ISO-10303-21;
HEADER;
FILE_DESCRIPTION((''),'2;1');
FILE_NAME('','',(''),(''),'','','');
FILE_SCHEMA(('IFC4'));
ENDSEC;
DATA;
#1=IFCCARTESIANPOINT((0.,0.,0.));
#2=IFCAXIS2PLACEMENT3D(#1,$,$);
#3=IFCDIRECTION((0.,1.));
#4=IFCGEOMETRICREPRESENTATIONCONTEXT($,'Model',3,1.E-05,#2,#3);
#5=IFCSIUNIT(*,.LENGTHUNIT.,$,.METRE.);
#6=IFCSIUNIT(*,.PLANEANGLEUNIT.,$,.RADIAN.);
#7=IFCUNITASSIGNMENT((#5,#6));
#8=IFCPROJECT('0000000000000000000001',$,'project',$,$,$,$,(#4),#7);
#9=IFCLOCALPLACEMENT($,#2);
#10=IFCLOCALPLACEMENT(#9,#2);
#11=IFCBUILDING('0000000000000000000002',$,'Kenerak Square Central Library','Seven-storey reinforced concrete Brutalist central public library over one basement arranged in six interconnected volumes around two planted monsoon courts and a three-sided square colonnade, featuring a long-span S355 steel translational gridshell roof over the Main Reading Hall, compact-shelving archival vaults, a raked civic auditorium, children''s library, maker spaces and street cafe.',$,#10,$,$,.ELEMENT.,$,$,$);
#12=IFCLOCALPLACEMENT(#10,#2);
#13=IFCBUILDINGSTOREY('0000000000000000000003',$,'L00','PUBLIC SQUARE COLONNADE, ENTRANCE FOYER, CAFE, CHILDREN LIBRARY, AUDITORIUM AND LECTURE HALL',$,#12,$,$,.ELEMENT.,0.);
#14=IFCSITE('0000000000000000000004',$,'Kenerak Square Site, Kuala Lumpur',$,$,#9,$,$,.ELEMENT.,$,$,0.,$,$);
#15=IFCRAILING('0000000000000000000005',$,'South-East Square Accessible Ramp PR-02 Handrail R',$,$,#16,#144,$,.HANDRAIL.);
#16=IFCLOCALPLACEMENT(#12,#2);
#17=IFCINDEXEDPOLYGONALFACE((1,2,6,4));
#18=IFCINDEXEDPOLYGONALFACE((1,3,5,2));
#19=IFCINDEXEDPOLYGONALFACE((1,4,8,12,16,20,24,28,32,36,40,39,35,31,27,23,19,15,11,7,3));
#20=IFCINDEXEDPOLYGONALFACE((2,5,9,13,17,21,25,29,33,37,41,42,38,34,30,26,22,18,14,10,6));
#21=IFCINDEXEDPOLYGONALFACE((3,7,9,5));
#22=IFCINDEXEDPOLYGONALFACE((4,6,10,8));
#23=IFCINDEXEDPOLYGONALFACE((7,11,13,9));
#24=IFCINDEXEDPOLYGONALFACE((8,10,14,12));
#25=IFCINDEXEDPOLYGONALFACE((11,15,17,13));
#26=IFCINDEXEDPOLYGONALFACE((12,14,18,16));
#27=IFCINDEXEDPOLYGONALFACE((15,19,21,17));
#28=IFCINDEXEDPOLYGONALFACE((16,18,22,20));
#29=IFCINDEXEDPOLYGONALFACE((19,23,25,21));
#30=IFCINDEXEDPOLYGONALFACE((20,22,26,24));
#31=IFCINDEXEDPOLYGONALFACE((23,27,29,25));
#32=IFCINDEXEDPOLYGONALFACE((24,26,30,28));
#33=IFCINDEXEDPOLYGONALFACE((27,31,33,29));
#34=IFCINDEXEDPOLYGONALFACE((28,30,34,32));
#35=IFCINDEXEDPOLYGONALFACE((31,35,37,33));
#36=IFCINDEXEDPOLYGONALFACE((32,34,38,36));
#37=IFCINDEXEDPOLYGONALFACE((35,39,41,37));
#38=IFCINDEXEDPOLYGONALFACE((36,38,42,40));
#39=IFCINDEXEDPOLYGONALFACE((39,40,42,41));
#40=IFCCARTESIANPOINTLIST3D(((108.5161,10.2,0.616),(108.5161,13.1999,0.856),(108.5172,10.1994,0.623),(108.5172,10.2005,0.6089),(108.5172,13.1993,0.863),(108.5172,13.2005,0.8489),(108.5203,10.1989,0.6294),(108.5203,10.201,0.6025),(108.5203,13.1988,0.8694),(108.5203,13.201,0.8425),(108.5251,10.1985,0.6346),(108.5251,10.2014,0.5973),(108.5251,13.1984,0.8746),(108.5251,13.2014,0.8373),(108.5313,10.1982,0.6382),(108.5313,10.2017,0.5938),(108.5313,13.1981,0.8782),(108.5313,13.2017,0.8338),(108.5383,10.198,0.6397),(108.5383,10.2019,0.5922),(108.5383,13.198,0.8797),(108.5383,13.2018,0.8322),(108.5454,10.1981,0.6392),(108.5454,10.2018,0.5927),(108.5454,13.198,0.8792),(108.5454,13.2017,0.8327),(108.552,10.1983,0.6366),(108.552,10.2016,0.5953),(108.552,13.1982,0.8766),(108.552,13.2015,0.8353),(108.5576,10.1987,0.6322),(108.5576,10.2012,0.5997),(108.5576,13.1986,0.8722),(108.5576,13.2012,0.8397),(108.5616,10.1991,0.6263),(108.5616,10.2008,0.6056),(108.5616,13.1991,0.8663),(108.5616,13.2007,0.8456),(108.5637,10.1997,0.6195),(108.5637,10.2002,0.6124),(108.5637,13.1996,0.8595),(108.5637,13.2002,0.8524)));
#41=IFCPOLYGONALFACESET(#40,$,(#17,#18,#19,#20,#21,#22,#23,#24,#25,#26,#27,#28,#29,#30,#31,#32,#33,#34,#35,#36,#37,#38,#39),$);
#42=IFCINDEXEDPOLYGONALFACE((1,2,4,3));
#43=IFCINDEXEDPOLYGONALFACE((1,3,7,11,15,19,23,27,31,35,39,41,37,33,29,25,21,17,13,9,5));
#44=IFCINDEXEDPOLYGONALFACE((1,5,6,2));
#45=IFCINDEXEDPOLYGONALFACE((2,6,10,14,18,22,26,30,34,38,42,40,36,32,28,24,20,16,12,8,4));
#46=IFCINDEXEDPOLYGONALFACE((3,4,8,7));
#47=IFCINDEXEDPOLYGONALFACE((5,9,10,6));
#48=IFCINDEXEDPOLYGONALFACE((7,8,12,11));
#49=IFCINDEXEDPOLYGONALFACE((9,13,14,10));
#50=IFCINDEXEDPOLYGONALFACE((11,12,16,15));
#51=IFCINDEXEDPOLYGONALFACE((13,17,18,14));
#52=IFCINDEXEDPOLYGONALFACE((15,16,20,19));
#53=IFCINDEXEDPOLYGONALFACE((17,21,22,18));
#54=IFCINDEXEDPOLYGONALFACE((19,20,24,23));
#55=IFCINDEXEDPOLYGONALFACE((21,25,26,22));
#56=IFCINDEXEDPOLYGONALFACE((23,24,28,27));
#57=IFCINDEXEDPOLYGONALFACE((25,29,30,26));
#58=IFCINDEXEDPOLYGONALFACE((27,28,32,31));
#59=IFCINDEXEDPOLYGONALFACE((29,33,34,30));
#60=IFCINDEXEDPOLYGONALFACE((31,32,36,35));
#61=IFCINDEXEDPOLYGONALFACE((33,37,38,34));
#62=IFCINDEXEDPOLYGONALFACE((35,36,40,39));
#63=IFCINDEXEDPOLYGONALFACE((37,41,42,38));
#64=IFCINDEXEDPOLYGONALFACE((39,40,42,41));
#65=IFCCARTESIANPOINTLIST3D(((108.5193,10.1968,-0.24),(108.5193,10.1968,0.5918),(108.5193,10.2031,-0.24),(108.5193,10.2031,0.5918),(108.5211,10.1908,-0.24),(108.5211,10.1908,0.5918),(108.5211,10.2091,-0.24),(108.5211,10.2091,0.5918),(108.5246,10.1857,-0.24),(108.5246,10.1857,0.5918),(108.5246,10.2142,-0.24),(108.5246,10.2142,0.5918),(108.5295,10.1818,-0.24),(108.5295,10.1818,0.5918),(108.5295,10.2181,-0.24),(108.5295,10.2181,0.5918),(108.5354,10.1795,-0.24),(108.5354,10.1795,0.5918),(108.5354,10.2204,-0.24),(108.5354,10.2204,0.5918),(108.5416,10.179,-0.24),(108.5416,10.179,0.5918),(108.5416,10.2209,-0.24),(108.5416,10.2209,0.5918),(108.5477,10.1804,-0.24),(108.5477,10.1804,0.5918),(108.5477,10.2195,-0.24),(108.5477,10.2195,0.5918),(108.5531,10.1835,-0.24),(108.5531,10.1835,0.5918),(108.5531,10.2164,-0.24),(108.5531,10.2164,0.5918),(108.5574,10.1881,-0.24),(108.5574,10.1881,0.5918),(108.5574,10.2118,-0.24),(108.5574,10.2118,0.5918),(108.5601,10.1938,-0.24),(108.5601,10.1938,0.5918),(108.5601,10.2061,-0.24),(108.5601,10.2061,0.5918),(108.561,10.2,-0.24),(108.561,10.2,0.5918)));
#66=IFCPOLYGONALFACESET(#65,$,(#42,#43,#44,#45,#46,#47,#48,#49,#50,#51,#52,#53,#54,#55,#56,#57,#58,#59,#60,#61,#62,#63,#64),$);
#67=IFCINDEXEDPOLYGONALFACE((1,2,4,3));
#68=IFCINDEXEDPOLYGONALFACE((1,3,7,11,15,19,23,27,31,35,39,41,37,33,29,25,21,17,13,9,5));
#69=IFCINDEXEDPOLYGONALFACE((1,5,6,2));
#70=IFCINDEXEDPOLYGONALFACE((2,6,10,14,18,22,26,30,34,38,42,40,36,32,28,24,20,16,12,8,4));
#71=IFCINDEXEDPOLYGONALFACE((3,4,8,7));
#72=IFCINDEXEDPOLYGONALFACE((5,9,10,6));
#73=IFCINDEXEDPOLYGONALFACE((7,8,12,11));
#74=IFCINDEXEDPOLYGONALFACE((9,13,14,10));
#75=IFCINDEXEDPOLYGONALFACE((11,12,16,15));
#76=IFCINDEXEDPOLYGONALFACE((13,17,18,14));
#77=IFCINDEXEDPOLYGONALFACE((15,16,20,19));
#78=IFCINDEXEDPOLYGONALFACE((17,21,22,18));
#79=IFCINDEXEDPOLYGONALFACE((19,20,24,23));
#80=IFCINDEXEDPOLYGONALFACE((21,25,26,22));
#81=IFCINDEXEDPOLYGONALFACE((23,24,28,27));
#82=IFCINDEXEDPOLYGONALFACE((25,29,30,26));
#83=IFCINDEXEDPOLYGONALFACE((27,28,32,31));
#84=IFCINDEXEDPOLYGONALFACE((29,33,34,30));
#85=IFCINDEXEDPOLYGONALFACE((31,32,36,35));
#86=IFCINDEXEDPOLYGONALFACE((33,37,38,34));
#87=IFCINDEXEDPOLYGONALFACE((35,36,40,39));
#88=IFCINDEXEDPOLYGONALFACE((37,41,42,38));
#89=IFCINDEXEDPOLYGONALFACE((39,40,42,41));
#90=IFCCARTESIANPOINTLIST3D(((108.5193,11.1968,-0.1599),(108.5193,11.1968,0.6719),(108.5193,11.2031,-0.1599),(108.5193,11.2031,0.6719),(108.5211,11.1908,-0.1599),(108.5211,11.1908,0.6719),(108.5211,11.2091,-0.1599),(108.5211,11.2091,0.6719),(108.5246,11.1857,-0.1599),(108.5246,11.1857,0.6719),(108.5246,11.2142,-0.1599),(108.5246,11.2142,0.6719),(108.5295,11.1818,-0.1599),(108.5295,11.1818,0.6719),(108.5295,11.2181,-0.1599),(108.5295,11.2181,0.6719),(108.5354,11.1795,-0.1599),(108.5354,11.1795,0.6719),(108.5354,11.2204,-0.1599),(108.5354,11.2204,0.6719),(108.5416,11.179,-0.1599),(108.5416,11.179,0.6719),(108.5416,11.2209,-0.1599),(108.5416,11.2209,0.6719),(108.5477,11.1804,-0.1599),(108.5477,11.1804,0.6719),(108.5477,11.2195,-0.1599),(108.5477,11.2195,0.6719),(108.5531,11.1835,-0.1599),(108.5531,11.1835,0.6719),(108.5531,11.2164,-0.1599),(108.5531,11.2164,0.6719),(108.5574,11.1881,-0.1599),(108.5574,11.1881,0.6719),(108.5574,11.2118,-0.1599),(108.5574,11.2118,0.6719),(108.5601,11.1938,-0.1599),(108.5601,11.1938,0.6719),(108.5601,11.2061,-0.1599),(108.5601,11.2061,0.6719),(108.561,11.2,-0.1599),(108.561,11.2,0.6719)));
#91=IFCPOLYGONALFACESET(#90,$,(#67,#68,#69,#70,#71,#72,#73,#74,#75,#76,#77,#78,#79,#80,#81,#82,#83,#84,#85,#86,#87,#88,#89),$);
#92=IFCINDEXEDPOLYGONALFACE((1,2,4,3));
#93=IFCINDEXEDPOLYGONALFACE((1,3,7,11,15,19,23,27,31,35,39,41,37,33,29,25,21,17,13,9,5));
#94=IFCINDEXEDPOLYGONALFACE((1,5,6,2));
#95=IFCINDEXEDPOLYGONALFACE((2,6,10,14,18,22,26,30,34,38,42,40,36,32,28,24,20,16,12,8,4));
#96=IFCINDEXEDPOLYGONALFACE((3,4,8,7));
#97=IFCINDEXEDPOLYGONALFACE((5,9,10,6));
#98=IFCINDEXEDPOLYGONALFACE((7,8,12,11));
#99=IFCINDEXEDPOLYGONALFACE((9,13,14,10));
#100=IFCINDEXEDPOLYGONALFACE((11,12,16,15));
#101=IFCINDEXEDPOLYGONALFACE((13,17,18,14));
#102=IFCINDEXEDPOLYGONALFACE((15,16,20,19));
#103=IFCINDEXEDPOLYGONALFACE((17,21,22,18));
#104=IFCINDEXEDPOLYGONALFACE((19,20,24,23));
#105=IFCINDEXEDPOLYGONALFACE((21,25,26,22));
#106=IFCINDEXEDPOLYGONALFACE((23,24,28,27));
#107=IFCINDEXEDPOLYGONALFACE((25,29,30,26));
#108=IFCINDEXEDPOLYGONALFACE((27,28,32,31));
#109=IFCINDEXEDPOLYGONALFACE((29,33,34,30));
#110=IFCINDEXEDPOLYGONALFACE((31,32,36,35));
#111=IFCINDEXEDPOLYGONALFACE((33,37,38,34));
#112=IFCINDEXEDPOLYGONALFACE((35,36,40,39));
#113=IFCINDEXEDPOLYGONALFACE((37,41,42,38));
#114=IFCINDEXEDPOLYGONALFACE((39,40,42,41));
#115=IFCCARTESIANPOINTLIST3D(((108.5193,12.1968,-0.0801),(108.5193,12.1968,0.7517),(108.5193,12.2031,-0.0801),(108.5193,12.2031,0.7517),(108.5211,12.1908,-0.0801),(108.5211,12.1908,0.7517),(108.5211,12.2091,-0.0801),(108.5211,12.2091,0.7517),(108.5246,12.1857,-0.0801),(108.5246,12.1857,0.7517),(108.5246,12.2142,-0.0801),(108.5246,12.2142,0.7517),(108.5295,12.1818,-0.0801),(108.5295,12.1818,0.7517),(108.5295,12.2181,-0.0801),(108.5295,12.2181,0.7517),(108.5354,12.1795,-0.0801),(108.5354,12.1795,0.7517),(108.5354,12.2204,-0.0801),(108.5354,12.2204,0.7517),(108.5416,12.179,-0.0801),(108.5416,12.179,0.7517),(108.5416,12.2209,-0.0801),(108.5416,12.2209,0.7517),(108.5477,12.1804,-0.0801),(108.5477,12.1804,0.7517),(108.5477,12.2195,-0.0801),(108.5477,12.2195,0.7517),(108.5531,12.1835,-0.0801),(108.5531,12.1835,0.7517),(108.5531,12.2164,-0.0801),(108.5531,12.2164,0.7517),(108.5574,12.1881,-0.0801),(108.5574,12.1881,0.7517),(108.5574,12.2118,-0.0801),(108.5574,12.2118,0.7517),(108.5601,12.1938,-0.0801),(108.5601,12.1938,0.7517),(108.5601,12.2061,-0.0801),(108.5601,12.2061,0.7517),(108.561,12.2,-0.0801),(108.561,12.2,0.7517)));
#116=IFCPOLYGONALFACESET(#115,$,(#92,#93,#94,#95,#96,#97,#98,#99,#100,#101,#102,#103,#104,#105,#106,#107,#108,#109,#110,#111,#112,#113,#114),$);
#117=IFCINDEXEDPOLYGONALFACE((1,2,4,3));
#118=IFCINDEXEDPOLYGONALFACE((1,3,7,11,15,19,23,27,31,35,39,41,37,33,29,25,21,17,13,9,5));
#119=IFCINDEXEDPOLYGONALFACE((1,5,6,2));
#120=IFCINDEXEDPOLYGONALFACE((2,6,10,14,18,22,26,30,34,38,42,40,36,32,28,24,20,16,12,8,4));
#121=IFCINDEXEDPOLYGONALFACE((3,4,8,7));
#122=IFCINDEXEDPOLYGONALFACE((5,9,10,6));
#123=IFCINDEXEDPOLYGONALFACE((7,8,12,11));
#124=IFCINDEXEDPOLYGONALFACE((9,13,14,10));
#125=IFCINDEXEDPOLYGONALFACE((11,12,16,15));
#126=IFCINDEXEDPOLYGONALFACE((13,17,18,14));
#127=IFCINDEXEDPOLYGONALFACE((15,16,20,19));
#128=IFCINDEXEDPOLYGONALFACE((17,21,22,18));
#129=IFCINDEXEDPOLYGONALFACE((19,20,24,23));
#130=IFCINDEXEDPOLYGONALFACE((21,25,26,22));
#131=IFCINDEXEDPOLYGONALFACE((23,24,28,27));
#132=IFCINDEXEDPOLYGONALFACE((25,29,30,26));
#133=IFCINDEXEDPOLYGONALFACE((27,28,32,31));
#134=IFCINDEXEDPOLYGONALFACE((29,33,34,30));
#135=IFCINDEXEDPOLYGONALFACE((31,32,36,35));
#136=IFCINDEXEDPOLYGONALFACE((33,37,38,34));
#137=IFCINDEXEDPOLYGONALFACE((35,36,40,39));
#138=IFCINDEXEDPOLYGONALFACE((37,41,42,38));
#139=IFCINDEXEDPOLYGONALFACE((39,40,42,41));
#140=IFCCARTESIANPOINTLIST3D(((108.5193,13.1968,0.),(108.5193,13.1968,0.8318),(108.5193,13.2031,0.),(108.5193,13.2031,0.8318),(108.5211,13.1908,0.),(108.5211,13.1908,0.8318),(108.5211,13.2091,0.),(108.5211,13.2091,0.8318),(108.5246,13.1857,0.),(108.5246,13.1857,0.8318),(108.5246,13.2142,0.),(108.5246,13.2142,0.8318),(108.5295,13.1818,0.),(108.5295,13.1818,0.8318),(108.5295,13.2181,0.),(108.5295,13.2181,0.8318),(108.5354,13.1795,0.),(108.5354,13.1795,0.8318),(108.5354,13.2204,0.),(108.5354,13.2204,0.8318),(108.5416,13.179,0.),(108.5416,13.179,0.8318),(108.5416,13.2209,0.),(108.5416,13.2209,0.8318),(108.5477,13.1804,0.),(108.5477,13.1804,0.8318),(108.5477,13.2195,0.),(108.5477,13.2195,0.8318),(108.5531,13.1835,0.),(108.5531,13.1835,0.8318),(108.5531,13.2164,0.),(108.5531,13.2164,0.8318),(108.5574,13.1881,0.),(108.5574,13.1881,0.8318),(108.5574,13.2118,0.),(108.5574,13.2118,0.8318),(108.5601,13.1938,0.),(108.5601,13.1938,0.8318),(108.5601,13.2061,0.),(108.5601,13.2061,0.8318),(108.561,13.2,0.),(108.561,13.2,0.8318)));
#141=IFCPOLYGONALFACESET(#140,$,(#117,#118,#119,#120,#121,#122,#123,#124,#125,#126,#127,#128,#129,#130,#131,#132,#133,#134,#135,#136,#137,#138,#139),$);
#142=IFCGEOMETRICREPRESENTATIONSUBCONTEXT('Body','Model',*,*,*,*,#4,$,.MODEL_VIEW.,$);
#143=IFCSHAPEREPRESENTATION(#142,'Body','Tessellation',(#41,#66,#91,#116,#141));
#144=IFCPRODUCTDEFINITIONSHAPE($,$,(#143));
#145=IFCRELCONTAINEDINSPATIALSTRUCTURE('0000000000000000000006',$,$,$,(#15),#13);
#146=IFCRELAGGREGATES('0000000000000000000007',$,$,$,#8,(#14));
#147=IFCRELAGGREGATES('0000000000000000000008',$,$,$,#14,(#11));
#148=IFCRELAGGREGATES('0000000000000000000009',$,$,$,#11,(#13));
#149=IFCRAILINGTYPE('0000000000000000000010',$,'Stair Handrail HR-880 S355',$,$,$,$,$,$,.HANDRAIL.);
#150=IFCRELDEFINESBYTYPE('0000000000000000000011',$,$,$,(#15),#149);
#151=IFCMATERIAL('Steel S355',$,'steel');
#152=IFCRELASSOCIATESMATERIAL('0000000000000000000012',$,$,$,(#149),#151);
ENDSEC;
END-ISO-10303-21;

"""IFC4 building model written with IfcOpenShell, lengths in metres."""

from ifc_helpers import new_model, si_unit, direction, frame, origin, origin_2d, place, context, subcontext, project, spatial, circle, extrude, material, type_object, element, save


model = new_model("IFC4")

# Units and contexts
model_context = context("Model", 3, precision=1e-05, world=origin(), true_north=direction((0.0, 1.0)))
body_context = subcontext(model_context, "Body", "Model", "MODEL_VIEW")
ifc_project = project(units=[si_unit("LENGTHUNIT", "METRE"), si_unit("PLANEANGLEUNIT", "RADIAN")], contexts=[model_context])

# Site, building, storey
site_placement = place(None, origin())
site = spatial("IfcSite", under=ifc_project, at=site_placement, Name="Kenerak Square Site, Kuala Lumpur", CompositionType="ELEMENT", RefElevation=0.0)
building_placement = place(site_placement, origin())
building = spatial("IfcBuilding", under=site, at=building_placement, Name="Kenerak Square Central Library", Description="Seven-storey reinforced concrete Brutalist central public library over one basement arranged in six interconnected volumes around two planted monsoon courts and a three-sided square colonnade, featuring a long-span S355 steel translational gridshell roof over the Main Reading Hall, compact-shelving archival vaults, a raked civic auditorium, children's library, maker spaces and street cafe.", CompositionType="ELEMENT")
storey_placement = place(building_placement, origin())
storey = spatial("IfcBuildingStorey", under=building, at=storey_placement, Name="L00", Description="PUBLIC SQUARE COLONNADE, ENTRANCE FOYER, CAFE, CHILDREN LIBRARY, AUDITORIUM AND LECTURE HALL", CompositionType="ELEMENT", Elevation=0.0)

# Shared definitions
ifc_material_1 = material(Name="Steel S355", Category="steel")

# Railing
railing_type = type_object("IfcRailingType", Name="Stair Handrail HR-880 S355", PredefinedType="HANDRAIL", material=ifc_material_1)
for number, where, name in (
    (1, (108.54, 10.2, -0.24), "South-East Square Accessible Ramp PR-02 Handrail R"),
):
    element("IfcRailing", number, at=place(storey_placement, frame(where)), inside=storey, type_object=railing_type, Name=name, PredefinedType="HANDRAIL", context=body_context, shape_type="SweptSolid", body=[
        extrude(circle(Radius=0.0239, at=origin_2d()), frame((0.0, 0.0, 0.856), z_axis=(0.0, 0.996816, 0.079742), x_axis=(-1.0, 0.0, 0.0)), (0.0, 0.0, 1.0), 3.0095),
        extrude(circle(Radius=0.021, at=origin_2d()), origin(), (0.0, 0.0, 1.0), 0.8318),
        extrude(circle(Radius=0.021, at=origin_2d()), frame((0.0, 1.0, 0.0801)), (0.0, 0.0, 1.0), 0.8318),
        extrude(circle(Radius=0.021, at=origin_2d()), frame((0.0, 2.0, 0.1599)), (0.0, 0.0, 1.0), 0.8318),
        extrude(circle(Radius=0.021, at=origin_2d()), frame((0.0, 3.0, 0.24)), (0.0, 0.0, 1.0), 0.8318),
    ])

save(model, "model.ifc")
